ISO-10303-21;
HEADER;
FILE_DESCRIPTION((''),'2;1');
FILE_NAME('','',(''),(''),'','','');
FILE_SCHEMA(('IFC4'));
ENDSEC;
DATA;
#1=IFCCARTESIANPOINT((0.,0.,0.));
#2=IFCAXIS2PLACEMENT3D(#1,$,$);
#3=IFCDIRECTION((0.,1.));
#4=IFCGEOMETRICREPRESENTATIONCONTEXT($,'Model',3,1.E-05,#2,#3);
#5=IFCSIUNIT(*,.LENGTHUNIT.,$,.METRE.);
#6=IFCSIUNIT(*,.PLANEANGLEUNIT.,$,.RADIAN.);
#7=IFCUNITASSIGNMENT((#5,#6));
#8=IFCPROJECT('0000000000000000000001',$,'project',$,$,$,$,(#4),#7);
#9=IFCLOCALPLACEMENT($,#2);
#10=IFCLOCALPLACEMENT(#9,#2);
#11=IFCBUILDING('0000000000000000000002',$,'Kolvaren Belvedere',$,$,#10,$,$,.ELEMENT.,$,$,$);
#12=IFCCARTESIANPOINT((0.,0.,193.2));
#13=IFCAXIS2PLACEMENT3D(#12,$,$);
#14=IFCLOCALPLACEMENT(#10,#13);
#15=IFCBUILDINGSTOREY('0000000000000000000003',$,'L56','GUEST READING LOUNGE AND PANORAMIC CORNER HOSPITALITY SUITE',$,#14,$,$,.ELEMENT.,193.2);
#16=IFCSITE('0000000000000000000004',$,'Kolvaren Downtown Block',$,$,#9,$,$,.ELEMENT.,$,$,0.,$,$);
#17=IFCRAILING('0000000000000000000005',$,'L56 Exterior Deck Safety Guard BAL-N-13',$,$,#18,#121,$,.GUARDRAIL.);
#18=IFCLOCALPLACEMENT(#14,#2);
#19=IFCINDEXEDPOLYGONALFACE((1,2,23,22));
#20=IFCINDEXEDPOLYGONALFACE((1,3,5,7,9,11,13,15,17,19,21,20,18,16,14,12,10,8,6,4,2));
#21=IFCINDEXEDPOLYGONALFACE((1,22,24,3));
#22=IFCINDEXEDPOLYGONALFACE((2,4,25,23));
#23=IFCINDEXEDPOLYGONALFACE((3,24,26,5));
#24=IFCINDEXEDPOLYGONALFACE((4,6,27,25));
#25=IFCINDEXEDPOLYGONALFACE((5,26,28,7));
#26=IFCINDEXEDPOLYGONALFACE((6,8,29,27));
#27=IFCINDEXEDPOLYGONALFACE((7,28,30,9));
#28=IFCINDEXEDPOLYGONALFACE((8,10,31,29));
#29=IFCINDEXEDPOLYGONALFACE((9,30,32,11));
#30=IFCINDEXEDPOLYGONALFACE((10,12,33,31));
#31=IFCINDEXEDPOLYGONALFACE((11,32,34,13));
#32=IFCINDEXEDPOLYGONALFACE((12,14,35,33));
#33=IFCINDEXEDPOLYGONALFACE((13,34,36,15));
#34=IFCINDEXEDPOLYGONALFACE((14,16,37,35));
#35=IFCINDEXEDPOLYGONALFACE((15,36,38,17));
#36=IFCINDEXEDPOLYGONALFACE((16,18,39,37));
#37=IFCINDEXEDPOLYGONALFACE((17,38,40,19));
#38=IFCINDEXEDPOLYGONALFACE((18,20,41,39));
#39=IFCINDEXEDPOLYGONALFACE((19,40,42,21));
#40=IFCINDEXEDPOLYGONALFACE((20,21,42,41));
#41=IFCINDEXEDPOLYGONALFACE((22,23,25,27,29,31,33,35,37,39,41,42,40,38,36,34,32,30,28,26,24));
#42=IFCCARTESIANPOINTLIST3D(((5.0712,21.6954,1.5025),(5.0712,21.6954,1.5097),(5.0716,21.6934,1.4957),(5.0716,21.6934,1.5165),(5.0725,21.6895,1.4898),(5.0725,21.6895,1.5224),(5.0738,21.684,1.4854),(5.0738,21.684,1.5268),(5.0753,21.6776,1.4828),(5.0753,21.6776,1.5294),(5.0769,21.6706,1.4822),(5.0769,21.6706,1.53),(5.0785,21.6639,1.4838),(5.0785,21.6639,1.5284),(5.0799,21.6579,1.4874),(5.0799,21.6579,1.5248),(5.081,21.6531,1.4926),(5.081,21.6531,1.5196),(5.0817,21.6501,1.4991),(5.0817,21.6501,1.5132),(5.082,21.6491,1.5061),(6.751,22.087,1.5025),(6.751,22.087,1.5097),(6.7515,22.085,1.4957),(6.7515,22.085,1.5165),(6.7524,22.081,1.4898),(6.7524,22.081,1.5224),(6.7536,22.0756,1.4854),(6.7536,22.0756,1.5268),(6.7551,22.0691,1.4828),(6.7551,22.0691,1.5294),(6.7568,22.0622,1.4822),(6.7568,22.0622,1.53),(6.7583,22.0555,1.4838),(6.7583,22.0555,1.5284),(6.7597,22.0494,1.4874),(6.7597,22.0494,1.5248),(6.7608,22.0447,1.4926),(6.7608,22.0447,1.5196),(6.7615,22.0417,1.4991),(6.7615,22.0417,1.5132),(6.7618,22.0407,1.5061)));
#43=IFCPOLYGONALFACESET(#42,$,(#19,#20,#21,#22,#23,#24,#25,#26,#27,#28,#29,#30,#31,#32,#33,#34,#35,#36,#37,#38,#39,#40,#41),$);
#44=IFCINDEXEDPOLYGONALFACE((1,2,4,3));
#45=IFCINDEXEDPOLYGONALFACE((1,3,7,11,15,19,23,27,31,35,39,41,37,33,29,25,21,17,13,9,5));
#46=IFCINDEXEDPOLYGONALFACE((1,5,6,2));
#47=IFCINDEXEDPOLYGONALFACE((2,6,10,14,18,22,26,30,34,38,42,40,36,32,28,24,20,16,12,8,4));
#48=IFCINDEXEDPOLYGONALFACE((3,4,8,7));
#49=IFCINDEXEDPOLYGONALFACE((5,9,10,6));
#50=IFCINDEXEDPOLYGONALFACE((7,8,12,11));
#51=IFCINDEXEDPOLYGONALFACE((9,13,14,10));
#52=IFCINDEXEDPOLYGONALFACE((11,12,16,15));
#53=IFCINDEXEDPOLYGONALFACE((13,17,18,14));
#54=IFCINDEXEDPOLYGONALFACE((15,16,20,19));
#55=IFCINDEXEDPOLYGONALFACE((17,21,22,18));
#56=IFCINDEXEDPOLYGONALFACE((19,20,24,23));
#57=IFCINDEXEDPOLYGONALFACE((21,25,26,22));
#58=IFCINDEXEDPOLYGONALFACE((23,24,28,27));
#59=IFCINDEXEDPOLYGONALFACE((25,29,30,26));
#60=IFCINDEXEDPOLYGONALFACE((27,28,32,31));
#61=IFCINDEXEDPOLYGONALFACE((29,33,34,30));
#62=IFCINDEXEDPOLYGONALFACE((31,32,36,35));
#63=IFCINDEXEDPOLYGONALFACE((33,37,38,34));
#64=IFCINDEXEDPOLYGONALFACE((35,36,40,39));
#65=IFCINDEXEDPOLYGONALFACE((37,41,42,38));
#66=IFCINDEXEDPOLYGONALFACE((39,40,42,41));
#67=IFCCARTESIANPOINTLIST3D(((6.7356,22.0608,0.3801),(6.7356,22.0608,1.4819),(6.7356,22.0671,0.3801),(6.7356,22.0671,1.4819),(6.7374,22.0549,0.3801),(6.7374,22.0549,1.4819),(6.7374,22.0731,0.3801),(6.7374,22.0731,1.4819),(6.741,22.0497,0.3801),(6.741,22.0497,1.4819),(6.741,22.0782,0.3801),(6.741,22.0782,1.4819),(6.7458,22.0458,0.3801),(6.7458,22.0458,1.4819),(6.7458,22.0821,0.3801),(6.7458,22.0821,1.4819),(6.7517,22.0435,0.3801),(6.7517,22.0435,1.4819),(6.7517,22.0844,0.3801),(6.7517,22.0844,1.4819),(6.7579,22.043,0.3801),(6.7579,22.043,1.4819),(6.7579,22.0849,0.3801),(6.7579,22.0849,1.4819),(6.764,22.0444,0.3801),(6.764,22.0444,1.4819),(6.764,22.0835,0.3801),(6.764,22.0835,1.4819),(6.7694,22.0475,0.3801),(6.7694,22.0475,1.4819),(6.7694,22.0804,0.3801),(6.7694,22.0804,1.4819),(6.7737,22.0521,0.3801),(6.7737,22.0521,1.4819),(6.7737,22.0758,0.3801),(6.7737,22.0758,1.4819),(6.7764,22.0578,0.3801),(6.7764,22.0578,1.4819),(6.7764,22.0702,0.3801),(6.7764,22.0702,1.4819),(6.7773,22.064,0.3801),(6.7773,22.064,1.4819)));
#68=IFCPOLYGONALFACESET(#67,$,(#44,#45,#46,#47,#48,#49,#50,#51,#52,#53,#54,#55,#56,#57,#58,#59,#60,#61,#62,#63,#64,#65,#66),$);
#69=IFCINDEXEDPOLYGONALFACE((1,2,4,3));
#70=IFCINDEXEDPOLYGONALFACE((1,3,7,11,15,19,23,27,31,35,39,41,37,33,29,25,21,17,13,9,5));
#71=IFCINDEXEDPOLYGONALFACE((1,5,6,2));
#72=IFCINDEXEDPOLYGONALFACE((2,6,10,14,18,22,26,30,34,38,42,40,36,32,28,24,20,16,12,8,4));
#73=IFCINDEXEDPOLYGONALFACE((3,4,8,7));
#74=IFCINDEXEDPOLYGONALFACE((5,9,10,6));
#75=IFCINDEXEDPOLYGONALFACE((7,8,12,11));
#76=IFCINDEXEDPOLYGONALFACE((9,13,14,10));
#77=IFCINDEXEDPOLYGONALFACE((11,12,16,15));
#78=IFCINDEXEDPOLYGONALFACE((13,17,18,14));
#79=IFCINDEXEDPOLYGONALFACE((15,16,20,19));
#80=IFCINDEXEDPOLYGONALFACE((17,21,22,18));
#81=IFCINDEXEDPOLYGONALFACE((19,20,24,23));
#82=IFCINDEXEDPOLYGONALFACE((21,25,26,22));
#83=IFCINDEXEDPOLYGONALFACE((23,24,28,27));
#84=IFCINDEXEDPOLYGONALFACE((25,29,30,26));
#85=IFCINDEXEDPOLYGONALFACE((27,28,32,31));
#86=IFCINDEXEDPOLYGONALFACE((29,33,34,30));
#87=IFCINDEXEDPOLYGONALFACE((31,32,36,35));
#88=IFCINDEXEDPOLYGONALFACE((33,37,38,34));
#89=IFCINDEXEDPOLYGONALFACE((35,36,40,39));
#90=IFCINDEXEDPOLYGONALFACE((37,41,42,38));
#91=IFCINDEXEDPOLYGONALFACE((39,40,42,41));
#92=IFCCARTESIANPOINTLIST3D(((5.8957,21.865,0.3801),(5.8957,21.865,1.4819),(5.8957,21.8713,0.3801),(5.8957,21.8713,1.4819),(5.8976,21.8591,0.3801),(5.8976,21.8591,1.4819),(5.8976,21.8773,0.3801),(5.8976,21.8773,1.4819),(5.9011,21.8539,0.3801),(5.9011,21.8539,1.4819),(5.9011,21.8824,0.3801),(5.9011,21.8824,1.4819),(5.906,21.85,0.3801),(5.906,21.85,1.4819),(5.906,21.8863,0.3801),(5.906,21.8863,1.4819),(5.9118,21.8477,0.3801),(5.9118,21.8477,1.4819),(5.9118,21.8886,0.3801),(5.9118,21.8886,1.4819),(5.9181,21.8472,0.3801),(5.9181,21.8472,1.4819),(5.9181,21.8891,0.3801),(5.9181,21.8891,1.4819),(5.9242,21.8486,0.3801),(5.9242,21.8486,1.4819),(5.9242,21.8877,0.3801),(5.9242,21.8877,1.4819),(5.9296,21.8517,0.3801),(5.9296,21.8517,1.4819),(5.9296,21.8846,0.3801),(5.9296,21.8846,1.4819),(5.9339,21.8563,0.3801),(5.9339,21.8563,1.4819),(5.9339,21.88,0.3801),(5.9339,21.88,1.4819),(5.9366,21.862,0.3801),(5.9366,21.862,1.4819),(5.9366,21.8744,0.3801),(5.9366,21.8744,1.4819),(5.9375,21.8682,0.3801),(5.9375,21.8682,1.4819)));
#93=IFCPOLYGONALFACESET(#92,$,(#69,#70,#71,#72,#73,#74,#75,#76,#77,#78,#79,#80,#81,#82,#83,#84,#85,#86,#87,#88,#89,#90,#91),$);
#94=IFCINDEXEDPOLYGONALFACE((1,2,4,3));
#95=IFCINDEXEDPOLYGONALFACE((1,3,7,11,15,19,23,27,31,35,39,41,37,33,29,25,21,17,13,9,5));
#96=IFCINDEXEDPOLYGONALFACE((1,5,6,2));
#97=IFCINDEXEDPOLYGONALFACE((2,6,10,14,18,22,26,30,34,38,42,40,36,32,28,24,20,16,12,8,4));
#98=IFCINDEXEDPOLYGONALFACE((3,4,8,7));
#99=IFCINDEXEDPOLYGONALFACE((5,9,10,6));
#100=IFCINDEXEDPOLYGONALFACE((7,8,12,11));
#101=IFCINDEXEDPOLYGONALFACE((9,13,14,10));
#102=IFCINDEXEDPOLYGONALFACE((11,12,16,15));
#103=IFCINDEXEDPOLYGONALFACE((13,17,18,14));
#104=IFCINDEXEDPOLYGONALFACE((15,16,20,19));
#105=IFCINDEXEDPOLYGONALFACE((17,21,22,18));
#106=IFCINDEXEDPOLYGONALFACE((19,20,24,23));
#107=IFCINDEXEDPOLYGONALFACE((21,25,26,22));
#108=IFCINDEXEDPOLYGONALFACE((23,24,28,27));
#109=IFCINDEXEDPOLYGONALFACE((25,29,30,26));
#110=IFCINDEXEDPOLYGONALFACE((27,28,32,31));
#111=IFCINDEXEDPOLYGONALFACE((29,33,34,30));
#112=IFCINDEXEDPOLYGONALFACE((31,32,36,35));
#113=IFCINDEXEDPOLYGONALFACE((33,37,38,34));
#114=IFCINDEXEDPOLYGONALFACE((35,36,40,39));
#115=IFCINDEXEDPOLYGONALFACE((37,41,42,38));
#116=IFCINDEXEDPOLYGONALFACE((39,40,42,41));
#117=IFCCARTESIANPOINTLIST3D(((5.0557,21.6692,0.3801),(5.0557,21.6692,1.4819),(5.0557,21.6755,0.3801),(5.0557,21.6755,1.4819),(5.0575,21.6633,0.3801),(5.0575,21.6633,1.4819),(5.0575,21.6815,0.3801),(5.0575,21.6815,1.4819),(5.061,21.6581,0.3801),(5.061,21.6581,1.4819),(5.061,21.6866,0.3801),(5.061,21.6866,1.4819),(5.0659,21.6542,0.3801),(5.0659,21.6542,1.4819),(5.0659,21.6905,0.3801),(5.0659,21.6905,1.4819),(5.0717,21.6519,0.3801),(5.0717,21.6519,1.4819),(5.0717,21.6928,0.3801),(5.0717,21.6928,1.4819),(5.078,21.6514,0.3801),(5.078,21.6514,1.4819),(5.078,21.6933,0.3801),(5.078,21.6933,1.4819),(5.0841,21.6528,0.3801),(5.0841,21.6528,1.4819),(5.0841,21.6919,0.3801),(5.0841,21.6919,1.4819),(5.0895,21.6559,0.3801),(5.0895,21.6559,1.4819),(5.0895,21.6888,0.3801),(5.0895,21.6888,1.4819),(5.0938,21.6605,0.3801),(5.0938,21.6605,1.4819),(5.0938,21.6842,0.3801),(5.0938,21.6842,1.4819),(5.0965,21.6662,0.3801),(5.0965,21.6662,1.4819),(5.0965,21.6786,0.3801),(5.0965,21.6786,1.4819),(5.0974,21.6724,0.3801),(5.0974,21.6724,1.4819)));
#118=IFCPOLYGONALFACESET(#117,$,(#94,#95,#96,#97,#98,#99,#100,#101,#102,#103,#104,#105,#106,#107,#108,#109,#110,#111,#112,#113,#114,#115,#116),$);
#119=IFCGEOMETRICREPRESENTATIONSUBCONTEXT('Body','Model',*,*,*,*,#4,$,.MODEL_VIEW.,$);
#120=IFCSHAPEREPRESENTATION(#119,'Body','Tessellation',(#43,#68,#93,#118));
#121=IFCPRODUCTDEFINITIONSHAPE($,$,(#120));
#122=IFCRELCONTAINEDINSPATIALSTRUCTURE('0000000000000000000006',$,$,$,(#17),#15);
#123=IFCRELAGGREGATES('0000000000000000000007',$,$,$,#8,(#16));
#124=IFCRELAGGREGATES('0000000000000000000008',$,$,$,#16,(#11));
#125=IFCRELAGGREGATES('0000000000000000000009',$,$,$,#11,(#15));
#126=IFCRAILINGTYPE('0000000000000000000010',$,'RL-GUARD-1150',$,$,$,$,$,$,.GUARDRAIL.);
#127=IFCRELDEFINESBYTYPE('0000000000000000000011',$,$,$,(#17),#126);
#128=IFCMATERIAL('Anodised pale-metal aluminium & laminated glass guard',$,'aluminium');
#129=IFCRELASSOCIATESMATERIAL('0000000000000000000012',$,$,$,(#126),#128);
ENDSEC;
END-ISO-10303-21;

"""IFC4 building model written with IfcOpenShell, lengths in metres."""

from ifc_helpers import new_model, si_unit, direction, frame, origin, origin_2d, place, context, subcontext, project, spatial, circle, extrude, material, type_object, element, save


model = new_model("IFC4")

# Units and contexts
model_context = context("Model", 3, precision=1e-05, world=origin(), true_north=direction((0.0, 1.0)))
body_context = subcontext(model_context, "Body", "Model", "MODEL_VIEW")
ifc_project = project(units=[si_unit("LENGTHUNIT", "METRE"), si_unit("PLANEANGLEUNIT", "RADIAN")], contexts=[model_context])

# Site, building, storey
site_placement = place(None, origin())
site = spatial("IfcSite", under=ifc_project, at=site_placement, Name="Kolvaren Downtown Block", CompositionType="ELEMENT", RefElevation=0.0)
building_placement = place(site_placement, origin())
building = spatial("IfcBuilding", under=site, at=building_placement, Name="Kolvaren Belvedere", CompositionType="ELEMENT")
storey_placement = place(building_placement, frame((0.0, 0.0, 193.2)))
storey = spatial("IfcBuildingStorey", under=building, at=storey_placement, Name="L56", Description="GUEST READING LOUNGE AND PANORAMIC CORNER HOSPITALITY SUITE", CompositionType="ELEMENT", Elevation=193.2)

# Railing
ifc_material_1 = material(Name="Anodised pale-metal aluminium & laminated glass guard", Category="aluminium")
railing_type = type_object("IfcRailingType", Name="RL-GUARD-1150", PredefinedType="GUARDRAIL", material=ifc_material_1)
railing_1_placement = place(storey_placement, frame((6.7563, 22.064, 0.3801)))
element("IfcRailing", 1, at=railing_1_placement, inside=storey, type_object=railing_type, Name="L56 Exterior Deck Safety Guard BAL-N-13", PredefinedType="GUARDRAIL", context=body_context, shape_type="SweptSolid", body=[
    extrude(circle(Radius=0.0239, at=origin_2d()), frame((0.0, 0.0, 1.126), z_axis=(-0.97389, -0.227019, 0.0), x_axis=(0.227019, -0.97389, 0.0)), (0.0, 0.0, 1.0), 1.7249),
    extrude(circle(Radius=0.021, at=origin_2d()), origin(), (0.0, 0.0, 1.0), 1.1018),
    extrude(circle(Radius=0.021, at=origin_2d()), frame((-0.8398, -0.1958, 0.0)), (0.0, 0.0, 1.0), 1.1018),
    extrude(circle(Radius=0.021, at=origin_2d()), frame((-1.6799, -0.3916, 0.0)), (0.0, 0.0, 1.0), 1.1018),
])

save(model, "model.ifc")
